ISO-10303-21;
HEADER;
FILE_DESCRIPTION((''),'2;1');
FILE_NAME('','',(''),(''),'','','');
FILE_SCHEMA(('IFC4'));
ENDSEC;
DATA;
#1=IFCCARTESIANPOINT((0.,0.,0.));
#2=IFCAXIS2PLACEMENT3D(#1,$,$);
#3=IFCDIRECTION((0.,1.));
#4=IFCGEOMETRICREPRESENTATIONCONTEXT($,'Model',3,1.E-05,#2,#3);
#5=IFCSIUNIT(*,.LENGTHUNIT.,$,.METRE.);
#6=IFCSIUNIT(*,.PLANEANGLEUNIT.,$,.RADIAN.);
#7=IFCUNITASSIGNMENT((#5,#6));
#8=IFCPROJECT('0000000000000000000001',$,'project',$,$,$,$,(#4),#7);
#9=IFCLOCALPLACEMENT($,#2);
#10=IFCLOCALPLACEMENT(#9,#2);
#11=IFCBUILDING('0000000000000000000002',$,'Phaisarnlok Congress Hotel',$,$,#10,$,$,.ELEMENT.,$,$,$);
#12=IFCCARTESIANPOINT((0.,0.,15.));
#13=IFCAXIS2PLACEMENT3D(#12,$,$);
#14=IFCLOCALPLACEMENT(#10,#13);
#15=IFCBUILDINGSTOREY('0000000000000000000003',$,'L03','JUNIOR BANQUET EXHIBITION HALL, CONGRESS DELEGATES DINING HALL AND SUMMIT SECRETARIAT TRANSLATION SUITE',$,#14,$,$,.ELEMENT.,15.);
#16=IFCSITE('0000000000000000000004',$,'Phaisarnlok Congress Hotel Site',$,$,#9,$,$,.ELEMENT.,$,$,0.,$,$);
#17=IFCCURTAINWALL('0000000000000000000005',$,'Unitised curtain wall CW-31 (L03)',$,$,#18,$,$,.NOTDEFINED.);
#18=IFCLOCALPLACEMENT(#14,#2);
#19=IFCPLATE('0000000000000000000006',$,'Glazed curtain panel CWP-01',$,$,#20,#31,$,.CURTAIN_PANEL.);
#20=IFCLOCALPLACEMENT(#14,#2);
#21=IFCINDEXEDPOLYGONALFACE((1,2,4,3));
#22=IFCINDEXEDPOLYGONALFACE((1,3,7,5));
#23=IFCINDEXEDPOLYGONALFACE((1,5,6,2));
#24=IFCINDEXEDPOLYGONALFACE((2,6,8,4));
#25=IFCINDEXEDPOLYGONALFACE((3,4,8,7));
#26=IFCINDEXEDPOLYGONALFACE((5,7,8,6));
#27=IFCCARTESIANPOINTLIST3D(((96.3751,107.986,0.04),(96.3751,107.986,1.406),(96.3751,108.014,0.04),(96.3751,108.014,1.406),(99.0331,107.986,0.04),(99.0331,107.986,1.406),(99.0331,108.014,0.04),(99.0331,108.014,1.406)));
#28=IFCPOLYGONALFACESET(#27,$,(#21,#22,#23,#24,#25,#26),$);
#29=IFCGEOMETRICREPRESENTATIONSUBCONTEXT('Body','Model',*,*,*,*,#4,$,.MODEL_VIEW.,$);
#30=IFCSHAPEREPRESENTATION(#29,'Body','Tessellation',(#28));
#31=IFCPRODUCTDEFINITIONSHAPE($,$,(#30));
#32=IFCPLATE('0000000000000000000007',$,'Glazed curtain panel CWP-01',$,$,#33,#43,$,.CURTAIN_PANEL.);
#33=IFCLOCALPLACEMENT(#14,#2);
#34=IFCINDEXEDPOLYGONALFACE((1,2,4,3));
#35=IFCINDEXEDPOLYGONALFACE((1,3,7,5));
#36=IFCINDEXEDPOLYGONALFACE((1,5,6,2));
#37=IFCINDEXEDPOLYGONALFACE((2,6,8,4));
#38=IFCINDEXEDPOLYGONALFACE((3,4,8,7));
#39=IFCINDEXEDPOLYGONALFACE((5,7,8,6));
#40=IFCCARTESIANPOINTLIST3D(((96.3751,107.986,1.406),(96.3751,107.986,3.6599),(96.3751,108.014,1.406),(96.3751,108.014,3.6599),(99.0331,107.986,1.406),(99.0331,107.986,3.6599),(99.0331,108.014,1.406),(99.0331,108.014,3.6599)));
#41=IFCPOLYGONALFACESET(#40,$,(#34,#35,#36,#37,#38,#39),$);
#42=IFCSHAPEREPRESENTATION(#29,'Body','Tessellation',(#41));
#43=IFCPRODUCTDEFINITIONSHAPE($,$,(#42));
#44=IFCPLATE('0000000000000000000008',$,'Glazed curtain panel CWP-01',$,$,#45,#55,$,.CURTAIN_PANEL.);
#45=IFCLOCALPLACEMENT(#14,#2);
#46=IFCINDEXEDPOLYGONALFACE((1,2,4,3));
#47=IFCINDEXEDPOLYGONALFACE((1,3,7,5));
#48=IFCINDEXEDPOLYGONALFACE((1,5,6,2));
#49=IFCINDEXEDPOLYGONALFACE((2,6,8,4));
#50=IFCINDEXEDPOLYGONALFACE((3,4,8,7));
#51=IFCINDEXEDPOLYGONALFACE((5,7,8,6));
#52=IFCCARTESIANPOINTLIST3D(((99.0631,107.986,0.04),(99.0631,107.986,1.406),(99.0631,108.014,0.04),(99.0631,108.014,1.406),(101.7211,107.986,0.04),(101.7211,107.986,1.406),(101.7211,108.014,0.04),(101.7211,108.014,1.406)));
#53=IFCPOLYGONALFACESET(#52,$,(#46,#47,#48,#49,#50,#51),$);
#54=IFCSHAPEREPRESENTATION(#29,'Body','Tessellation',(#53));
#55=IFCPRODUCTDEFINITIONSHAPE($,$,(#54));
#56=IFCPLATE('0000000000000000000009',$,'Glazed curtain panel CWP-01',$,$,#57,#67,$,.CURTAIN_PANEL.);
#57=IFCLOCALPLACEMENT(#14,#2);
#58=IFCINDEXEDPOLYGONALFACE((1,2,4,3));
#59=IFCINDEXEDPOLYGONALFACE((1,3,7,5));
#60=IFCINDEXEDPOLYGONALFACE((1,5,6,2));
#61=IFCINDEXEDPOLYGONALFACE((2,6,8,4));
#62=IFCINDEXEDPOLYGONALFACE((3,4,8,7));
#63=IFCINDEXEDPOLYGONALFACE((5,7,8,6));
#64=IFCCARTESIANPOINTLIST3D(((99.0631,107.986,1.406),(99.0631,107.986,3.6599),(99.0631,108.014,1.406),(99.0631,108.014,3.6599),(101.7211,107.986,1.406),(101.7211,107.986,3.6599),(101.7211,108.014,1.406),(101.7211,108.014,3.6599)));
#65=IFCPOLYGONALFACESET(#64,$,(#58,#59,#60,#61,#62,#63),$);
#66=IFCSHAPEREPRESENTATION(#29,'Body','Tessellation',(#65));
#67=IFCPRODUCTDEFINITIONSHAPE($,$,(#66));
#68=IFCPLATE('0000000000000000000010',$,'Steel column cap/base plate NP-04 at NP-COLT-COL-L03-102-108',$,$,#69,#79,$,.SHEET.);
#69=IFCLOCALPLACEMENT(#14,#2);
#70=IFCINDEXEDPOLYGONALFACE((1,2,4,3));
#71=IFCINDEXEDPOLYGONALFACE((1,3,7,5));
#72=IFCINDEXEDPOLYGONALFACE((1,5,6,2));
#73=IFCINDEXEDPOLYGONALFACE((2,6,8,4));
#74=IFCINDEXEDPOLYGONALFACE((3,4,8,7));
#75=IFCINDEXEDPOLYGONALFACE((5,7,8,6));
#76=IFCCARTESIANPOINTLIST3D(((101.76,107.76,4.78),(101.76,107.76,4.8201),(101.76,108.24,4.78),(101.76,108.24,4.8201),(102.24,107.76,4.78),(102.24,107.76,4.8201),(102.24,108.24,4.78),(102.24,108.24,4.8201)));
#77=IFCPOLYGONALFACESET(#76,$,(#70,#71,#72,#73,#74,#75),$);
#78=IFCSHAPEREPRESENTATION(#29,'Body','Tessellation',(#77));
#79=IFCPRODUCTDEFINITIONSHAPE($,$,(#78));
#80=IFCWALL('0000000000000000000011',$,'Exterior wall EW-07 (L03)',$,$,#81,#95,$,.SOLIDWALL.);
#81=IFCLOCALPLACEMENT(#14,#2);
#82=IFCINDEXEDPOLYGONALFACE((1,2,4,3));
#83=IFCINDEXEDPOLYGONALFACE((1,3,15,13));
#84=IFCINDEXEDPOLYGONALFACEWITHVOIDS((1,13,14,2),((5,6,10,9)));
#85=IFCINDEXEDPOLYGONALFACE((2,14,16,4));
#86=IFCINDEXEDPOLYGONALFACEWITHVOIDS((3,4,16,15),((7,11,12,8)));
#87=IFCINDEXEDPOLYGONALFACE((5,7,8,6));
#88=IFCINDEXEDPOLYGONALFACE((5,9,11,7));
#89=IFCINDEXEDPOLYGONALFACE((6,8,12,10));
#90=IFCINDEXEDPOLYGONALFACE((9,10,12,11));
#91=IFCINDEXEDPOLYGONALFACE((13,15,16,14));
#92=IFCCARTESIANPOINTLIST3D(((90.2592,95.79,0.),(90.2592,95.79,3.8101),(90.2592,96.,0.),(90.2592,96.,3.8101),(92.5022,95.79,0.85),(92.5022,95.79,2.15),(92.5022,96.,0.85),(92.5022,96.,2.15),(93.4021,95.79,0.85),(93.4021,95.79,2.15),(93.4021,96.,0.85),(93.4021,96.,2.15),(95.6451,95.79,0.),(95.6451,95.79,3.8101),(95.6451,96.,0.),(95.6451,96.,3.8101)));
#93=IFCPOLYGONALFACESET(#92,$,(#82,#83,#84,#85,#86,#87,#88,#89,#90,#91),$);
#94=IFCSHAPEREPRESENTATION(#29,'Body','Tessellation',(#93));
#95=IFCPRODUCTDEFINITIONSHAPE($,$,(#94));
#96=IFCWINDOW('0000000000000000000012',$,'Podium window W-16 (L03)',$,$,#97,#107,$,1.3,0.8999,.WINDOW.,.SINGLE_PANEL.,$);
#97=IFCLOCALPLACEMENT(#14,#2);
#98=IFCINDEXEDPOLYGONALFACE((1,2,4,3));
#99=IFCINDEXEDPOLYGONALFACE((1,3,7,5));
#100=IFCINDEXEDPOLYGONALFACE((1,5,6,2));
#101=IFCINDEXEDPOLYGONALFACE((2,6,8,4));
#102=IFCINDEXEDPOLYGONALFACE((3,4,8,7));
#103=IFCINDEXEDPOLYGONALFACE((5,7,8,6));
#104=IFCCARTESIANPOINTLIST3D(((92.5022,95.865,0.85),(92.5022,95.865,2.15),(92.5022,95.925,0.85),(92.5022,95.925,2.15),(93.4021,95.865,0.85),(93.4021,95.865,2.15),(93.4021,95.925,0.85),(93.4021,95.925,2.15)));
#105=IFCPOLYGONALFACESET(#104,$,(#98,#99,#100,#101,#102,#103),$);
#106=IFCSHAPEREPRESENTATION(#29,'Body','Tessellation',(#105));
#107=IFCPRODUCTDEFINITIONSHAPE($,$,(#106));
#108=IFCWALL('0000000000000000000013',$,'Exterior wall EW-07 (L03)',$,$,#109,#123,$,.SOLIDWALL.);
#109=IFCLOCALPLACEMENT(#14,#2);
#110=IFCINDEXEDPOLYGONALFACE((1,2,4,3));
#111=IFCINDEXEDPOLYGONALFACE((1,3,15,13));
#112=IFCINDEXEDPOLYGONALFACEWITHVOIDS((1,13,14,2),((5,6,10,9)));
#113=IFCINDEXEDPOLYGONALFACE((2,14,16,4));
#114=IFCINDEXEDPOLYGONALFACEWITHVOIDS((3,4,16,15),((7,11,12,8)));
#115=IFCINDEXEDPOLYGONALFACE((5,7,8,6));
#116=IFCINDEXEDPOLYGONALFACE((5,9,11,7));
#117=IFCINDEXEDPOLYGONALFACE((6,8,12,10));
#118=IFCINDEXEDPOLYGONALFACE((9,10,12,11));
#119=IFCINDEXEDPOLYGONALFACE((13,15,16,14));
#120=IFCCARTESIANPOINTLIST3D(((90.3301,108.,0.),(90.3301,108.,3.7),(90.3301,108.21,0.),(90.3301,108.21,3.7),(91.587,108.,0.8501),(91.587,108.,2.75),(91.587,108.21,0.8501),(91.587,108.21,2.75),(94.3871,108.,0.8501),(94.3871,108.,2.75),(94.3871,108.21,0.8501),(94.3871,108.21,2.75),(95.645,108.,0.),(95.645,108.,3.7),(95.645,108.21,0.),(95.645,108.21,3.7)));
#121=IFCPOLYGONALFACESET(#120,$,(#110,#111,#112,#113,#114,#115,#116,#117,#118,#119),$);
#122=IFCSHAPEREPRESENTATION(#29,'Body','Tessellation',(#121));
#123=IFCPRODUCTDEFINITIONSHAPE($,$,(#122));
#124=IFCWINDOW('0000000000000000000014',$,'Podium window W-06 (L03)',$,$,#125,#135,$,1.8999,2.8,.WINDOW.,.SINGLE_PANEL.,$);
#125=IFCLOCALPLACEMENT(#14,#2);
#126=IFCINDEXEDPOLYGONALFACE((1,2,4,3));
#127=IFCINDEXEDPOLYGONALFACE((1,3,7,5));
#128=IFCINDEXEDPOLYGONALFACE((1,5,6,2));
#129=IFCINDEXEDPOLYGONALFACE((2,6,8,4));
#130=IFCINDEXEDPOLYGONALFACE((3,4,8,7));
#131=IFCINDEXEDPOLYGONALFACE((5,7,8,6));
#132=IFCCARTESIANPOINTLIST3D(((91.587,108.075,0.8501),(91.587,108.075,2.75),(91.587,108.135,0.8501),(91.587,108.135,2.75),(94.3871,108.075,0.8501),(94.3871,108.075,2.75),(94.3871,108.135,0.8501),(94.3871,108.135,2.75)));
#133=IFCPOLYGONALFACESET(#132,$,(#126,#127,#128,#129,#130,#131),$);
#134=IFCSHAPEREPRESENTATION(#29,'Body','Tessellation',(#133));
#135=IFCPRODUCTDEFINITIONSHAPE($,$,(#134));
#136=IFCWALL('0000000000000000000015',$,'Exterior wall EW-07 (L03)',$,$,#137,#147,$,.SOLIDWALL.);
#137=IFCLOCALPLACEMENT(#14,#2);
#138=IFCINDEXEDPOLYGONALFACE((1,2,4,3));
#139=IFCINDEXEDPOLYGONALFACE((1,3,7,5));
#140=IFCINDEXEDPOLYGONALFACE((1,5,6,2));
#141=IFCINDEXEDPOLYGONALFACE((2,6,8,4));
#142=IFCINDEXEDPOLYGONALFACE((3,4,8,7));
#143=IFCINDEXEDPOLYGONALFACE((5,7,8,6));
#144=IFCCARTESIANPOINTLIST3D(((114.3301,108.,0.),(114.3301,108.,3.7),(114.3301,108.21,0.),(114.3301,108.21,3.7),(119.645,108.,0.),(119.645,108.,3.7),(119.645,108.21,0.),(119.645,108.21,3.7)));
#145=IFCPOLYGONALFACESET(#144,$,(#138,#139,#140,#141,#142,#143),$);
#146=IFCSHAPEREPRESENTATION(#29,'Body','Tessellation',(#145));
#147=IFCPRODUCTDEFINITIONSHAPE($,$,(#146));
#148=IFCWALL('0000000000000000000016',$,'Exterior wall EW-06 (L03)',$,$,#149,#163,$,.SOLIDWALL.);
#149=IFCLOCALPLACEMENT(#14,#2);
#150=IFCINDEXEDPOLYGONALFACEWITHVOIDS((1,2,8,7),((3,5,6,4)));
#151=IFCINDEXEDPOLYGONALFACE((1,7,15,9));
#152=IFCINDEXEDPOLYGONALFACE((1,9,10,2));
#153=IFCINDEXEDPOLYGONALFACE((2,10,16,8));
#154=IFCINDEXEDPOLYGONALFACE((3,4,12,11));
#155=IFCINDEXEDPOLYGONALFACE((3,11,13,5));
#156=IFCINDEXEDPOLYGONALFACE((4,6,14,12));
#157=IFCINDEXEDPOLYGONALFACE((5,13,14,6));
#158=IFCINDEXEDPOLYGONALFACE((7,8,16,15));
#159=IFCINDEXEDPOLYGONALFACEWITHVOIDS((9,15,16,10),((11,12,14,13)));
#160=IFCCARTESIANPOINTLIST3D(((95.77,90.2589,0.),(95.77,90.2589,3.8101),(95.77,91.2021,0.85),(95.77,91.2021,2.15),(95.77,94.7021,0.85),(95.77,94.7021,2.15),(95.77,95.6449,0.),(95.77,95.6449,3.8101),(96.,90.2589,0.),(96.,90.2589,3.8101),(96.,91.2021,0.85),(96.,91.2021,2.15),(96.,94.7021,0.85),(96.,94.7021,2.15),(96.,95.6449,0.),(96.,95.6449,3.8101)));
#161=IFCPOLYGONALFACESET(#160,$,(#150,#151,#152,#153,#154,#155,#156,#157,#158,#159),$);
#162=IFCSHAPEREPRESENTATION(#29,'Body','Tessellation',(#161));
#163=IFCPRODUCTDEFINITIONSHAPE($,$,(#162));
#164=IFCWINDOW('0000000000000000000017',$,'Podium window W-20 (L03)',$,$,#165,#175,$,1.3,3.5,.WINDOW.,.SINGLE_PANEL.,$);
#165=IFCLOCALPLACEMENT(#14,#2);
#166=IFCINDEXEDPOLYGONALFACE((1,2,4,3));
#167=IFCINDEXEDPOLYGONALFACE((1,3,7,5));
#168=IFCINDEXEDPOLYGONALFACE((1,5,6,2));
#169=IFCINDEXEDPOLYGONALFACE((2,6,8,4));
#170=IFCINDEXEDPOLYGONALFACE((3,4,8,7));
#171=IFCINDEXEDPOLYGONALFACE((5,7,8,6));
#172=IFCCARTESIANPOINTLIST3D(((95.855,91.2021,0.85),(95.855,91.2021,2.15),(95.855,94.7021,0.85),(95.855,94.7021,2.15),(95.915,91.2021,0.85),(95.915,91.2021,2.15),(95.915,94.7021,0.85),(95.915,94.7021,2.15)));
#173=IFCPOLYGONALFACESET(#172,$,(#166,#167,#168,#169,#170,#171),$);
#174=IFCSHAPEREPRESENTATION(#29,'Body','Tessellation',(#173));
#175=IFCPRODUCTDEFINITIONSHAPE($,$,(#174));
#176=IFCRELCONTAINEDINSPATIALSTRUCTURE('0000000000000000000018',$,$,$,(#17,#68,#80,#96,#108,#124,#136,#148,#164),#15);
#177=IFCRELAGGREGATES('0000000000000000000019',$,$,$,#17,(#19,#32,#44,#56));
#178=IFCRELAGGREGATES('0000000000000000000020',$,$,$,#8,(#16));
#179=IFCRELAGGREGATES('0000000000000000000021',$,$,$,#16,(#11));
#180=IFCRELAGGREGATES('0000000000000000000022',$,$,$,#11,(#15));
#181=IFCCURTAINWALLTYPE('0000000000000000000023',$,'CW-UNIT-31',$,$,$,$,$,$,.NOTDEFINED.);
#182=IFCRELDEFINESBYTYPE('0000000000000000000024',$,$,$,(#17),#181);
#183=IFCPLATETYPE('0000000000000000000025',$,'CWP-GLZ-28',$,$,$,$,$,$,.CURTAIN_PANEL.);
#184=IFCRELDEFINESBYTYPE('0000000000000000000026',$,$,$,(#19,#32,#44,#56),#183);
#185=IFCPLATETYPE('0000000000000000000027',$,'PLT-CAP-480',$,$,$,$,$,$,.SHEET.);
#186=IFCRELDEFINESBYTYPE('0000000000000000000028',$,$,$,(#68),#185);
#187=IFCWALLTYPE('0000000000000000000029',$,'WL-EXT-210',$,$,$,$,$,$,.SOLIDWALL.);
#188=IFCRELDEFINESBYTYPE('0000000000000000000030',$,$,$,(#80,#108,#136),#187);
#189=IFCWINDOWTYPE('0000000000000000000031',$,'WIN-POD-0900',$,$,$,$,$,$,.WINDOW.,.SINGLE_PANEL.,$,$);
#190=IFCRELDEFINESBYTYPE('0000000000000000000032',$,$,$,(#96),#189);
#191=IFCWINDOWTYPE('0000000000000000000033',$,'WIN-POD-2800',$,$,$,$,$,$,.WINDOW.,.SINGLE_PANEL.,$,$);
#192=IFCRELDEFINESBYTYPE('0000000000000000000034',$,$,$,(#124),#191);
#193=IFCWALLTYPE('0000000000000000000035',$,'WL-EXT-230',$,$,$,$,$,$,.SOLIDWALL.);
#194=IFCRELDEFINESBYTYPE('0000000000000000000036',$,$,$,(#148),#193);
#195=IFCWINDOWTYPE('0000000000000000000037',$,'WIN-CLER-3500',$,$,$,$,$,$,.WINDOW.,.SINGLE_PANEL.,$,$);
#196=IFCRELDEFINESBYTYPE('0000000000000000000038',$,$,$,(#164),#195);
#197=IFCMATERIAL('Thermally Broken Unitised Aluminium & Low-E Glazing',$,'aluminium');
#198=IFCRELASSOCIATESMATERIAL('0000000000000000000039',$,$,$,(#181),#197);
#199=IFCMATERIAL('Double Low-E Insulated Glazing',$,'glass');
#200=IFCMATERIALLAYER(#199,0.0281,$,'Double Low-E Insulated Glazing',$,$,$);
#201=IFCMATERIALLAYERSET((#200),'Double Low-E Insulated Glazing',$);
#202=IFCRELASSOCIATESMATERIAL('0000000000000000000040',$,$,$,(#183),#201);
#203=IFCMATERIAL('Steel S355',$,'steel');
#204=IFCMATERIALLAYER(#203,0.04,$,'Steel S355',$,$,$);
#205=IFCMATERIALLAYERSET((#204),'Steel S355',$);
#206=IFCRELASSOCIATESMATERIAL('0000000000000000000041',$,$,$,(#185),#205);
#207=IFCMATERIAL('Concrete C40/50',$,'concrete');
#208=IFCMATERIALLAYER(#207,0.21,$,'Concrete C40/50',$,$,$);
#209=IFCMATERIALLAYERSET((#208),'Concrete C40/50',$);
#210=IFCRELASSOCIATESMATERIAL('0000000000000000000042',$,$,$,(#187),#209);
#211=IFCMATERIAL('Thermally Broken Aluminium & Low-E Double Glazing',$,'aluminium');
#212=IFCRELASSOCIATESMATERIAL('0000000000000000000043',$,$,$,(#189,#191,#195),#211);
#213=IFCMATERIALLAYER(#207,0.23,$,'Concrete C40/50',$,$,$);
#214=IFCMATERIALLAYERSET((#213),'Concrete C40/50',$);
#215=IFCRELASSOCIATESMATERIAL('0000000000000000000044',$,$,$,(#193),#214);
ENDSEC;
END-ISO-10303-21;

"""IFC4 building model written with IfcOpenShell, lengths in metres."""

from ifc_helpers import new_model, si_unit, direction, frame, frame_2d, origin, origin_2d, place, context, subcontext, project, spatial, rectangle, extrude, material, layer, layer_set, type_object, element, fill, aggregate, save


model = new_model("IFC4")

# Units and contexts
model_context = context("Model", 3, precision=1e-05, world=origin(), true_north=direction((0.0, 1.0)))
body_context = subcontext(model_context, "Body", "Model", "MODEL_VIEW")
ifc_project = project(units=[si_unit("LENGTHUNIT", "METRE"), si_unit("PLANEANGLEUNIT", "RADIAN")], contexts=[model_context])

# Site, building, storey
site_placement = place(None, origin())
site = spatial("IfcSite", under=ifc_project, at=site_placement, Name="Phaisarnlok Congress Hotel Site", CompositionType="ELEMENT", RefElevation=0.0)
building_placement = place(site_placement, origin())
building = spatial("IfcBuilding", under=site, at=building_placement, Name="Phaisarnlok Congress Hotel", CompositionType="ELEMENT")
storey_placement = place(building_placement, frame((0.0, 0.0, 15.0)))
storey = spatial("IfcBuildingStorey", under=building, at=storey_placement, Name="L03", Description="JUNIOR BANQUET EXHIBITION HALL, CONGRESS DELEGATES DINING HALL AND SUMMIT SECRETARIAT TRANSLATION SUITE", CompositionType="ELEMENT", Elevation=15.0)

# Shared definitions
ifc_material_1 = material(Name="Steel S355", Category="steel")

# Curtain wall
ifc_material_2 = material(Name="Thermally Broken Unitised Aluminium & Low-E Glazing", Category="aluminium")
curtain_wall_type = type_object("IfcCurtainWallType", Name="CW-UNIT-31", PredefinedType="NOTDEFINED", material=ifc_material_2)
curtain_wall_placement = place(storey_placement, origin())
curtain_wall = element("IfcCurtainWall", 1, at=curtain_wall_placement, inside=storey, type_object=curtain_wall_type, Name="Unitised curtain wall CW-31 (L03)", PredefinedType="NOTDEFINED")

# Shared definitions
ifc_material_3 = material(Name="Concrete C40/50", Category="concrete")

# Plates
ifc_material_4 = material(Name="Double Low-E Insulated Glazing", Category="glass")
ifc_layer_1 = layer(ifc_material_4, 0.0281, Name="Double Low-E Insulated Glazing")
ifc_layer_set_1 = layer_set([ifc_layer_1], Name="Double Low-E Insulated Glazing")
plate_type_1 = type_object("IfcPlateType", Name="CWP-GLZ-28", PredefinedType="CURTAIN_PANEL", material=ifc_layer_set_1)
plate_1_placement = place(storey_placement, frame((96.375, 108.0, 0.04), z_axis=(0.0, 0.0, 1.0), x_axis=(1.0, 0.0, 0.0)))
plate_1 = element("IfcPlate", 2, at=plate_1_placement, type_object=plate_type_1, Name="Glazed curtain panel CWP-01", PredefinedType="CURTAIN_PANEL", context=body_context, shape_type="SweptSolid", body=[
    extrude(rectangle(XDim=2.658, YDim=0.0281, at=frame_2d((1.3291, 0.0))), origin(), (0.0, 0.0, 1.0), 1.366),
])
plate_2_placement = place(storey_placement, frame((96.375, 108.0, 1.406), z_axis=(0.0, 0.0, 1.0), x_axis=(1.0, 0.0, 0.0)))
plate_2 = element("IfcPlate", 3, at=plate_2_placement, type_object=plate_type_1, Name="Glazed curtain panel CWP-01", PredefinedType="CURTAIN_PANEL", context=body_context, shape_type="SweptSolid", body=[
    extrude(rectangle(XDim=2.658, YDim=0.0281, at=frame_2d((1.3291, 0.0))), origin(), (0.0, 0.0, 1.0), 2.2539),
])
plate_3_placement = place(storey_placement, frame((99.063, 108.0, 0.04), z_axis=(0.0, 0.0, 1.0), x_axis=(1.0, 0.0, 0.0)))
plate_3 = element("IfcPlate", 4, at=plate_3_placement, type_object=plate_type_1, Name="Glazed curtain panel CWP-01", PredefinedType="CURTAIN_PANEL", context=body_context, shape_type="SweptSolid", body=[
    extrude(rectangle(XDim=2.658, YDim=0.0281, at=frame_2d((1.3291, 0.0))), origin(), (0.0, 0.0, 1.0), 1.366),
])
plate_4_placement = place(storey_placement, frame((99.063, 108.0, 1.406), z_axis=(0.0, 0.0, 1.0), x_axis=(1.0, 0.0, 0.0)))
plate_4 = element("IfcPlate", 5, at=plate_4_placement, type_object=plate_type_1, Name="Glazed curtain panel CWP-01", PredefinedType="CURTAIN_PANEL", context=body_context, shape_type="SweptSolid", body=[
    extrude(rectangle(XDim=2.658, YDim=0.0281, at=frame_2d((1.3291, 0.0))), origin(), (0.0, 0.0, 1.0), 2.2539),
])
aggregate(curtain_wall, [plate_1, plate_2, plate_3, plate_4])
ifc_layer_2 = layer(ifc_material_1, 0.04, Name="Steel S355")
ifc_layer_set_2 = layer_set([ifc_layer_2], Name="Steel S355")
plate_type_2 = type_object("IfcPlateType", Name="PLT-CAP-480", PredefinedType="SHEET", material=ifc_layer_set_2)
plate_5_placement = place(storey_placement, frame((102.0, 108.0, 4.78), z_axis=(0.0, 0.0, 1.0), x_axis=(1.0, 0.0, 0.0)))
element("IfcPlate", 6, at=plate_5_placement, inside=storey, type_object=plate_type_2, Name="Steel column cap/base plate NP-04 at NP-COLT-COL-L03-102-108", PredefinedType="SHEET", context=body_context, shape_type="SweptSolid", body=[
    extrude(rectangle(XDim=0.48, YDim=0.48, at=origin_2d()), origin(), (0.0, 0.0, 1.0), 0.04),
])

# Walls, openings, windows
ifc_layer_3 = layer(ifc_material_3, 0.21, Name="Concrete C40/50")
ifc_layer_set_3 = layer_set([ifc_layer_3], Name="Concrete C40/50")
wall_type_1 = type_object("IfcWallType", Name="WL-EXT-210", PredefinedType="SOLIDWALL", material=ifc_layer_set_3)
wall_1_placement = place(storey_placement, frame((95.645, 95.895, 0.0), z_axis=(0.0, 0.0, 1.0), x_axis=(-1.0, 0.0, 0.0)))
wall_1 = element("IfcWall", 7, at=wall_1_placement, inside=storey, type_object=wall_type_1, Name="Exterior wall EW-07 (L03)", PredefinedType="SOLIDWALL", context=body_context, shape_type="SweptSolid", body=[
    extrude(rectangle(XDim=5.386, YDim=0.21, at=frame_2d((2.6929, 0.0))), origin(), (0.0, 0.0, 1.0), 3.8101),
])
opening_1_placement = place(wall_1_placement, frame((2.2429, 0.0, 0.8501)))
opening_1 = element("IfcOpeningElement", 8, at=opening_1_placement, cuts=wall_1, PredefinedType="OPENING", context=body_context, shape_type="SweptSolid", body=[
    extrude(rectangle(XDim=0.8999, YDim=1.3, at=frame_2d((0.45, 0.6499))), frame((0.0, 0.115, 0.0), z_axis=(0.0, -1.0, 0.0), x_axis=(1.0, 0.0, 0.0)), (0.0, 0.0, 1.0), 0.23),
])
ifc_material_5 = material(Name="Thermally Broken Aluminium & Low-E Double Glazing", Category="aluminium")
window_type_1 = type_object("IfcWindowType", Name="WIN-POD-0900", PartitioningType="SINGLE_PANEL", PredefinedType="WINDOW", material=ifc_material_5)
window_1_placement = place(opening_1_placement, origin())
window_1 = element("IfcWindow", 9, at=window_1_placement, inside=storey, type_object=window_type_1, Name="Podium window W-16 (L03)", OverallHeight=1.3, OverallWidth=0.8999, PartitioningType="SINGLE_PANEL", PredefinedType="WINDOW", context=body_context, shape_type="SweptSolid", body=[
    extrude(rectangle(XDim=0.8999, YDim=1.3, at=frame_2d((0.45, 0.6499))), frame((0.0, 0.03, 0.0), z_axis=(0.0, -1.0, 0.0), x_axis=(1.0, 0.0, 0.0)), (0.0, 0.0, 1.0), 0.0601),
])
fill(opening_1, window_1)
wall_2_placement = place(storey_placement, frame((90.3301, 108.105, 0.0), z_axis=(0.0, 0.0, 1.0), x_axis=(1.0, 0.0, 0.0)))
wall_2 = element("IfcWall", 10, at=wall_2_placement, inside=storey, type_object=wall_type_1, Name="Exterior wall EW-07 (L03)", PredefinedType="SOLIDWALL", context=body_context, shape_type="SweptSolid", body=[
    extrude(rectangle(XDim=5.3149, YDim=0.21, at=frame_2d((2.6575, 0.0))), origin(), (0.0, 0.0, 1.0), 3.7),
])
opening_2_placement = place(wall_2_placement, frame((1.2571, 0.0, 0.8501)))
opening_2 = element("IfcOpeningElement", 11, at=opening_2_placement, cuts=wall_2, PredefinedType="OPENING", context=body_context, shape_type="SweptSolid", body=[
    extrude(rectangle(XDim=2.8, YDim=1.8999, at=frame_2d((1.3999, 0.95))), frame((0.0, 0.115, 0.0), z_axis=(0.0, -1.0, 0.0), x_axis=(1.0, 0.0, 0.0)), (0.0, 0.0, 1.0), 0.23),
])
window_type_2 = type_object("IfcWindowType", Name="WIN-POD-2800", PartitioningType="SINGLE_PANEL", PredefinedType="WINDOW", material=ifc_material_5)
window_2_placement = place(opening_2_placement, origin())
window_2 = element("IfcWindow", 12, at=window_2_placement, inside=storey, type_object=window_type_2, Name="Podium window W-06 (L03)", OverallHeight=1.8999, OverallWidth=2.8, PartitioningType="SINGLE_PANEL", PredefinedType="WINDOW", context=body_context, shape_type="SweptSolid", body=[
    extrude(rectangle(XDim=2.8, YDim=1.8999, at=frame_2d((1.3999, 0.95))), frame((0.0, 0.03, 0.0), z_axis=(0.0, -1.0, 0.0), x_axis=(1.0, 0.0, 0.0)), (0.0, 0.0, 1.0), 0.0601),
])
fill(opening_2, window_2)

# Wall
wall_3_placement = place(storey_placement, frame((114.3301, 108.105, 0.0), z_axis=(0.0, 0.0, 1.0), x_axis=(1.0, 0.0, 0.0)))
element("IfcWall", 13, at=wall_3_placement, inside=storey, type_object=wall_type_1, Name="Exterior wall EW-07 (L03)", PredefinedType="SOLIDWALL", context=body_context, shape_type="SweptSolid", body=[
    extrude(rectangle(XDim=5.3149, YDim=0.21, at=frame_2d((2.6575, 0.0))), origin(), (0.0, 0.0, 1.0), 3.7),
])

# Wall, opening, window
ifc_layer_4 = layer(ifc_material_3, 0.23, Name="Concrete C40/50")
ifc_layer_set_4 = layer_set([ifc_layer_4], Name="Concrete C40/50")
wall_type_2 = type_object("IfcWallType", Name="WL-EXT-230", PredefinedType="SOLIDWALL", material=ifc_layer_set_4)
wall_4_placement = place(storey_placement, frame((95.885, 90.259, 0.0), z_axis=(0.0, 0.0, 1.0), x_axis=(0.0, 1.0, 0.0)))
wall_4 = element("IfcWall", 14, at=wall_4_placement, inside=storey, type_object=wall_type_2, Name="Exterior wall EW-06 (L03)", PredefinedType="SOLIDWALL", context=body_context, shape_type="SweptSolid", body=[
    extrude(rectangle(XDim=5.386, YDim=0.23, at=frame_2d((2.6929, 0.0))), origin(), (0.0, 0.0, 1.0), 3.8101),
])
opening_3_placement = place(wall_4_placement, frame((0.9431, 0.0, 0.8501)))
opening_3 = element("IfcOpeningElement", 15, at=opening_3_placement, cuts=wall_4, PredefinedType="OPENING", context=body_context, shape_type="SweptSolid", body=[
    extrude(rectangle(XDim=3.5, YDim=1.3, at=frame_2d((1.75, 0.6499))), frame((0.0, 0.125, 0.0), z_axis=(0.0, -1.0, 0.0), x_axis=(1.0, 0.0, 0.0)), (0.0, 0.0, 1.0), 0.25),
])
window_type_3 = type_object("IfcWindowType", Name="WIN-CLER-3500", PartitioningType="SINGLE_PANEL", PredefinedType="WINDOW", material=ifc_material_5)
window_3_placement = place(opening_3_placement, origin())
window_3 = element("IfcWindow", 16, at=window_3_placement, inside=storey, type_object=window_type_3, Name="Podium window W-20 (L03)", OverallHeight=1.3, OverallWidth=3.5, PartitioningType="SINGLE_PANEL", PredefinedType="WINDOW", context=body_context, shape_type="SweptSolid", body=[
    extrude(rectangle(XDim=3.5, YDim=1.3, at=frame_2d((1.75, 0.6499))), frame((0.0, 0.03, 0.0), z_axis=(0.0, -1.0, 0.0), x_axis=(1.0, 0.0, 0.0)), (0.0, 0.0, 1.0), 0.0601),
])
fill(opening_3, window_3)

save(model, "model.ifc")
